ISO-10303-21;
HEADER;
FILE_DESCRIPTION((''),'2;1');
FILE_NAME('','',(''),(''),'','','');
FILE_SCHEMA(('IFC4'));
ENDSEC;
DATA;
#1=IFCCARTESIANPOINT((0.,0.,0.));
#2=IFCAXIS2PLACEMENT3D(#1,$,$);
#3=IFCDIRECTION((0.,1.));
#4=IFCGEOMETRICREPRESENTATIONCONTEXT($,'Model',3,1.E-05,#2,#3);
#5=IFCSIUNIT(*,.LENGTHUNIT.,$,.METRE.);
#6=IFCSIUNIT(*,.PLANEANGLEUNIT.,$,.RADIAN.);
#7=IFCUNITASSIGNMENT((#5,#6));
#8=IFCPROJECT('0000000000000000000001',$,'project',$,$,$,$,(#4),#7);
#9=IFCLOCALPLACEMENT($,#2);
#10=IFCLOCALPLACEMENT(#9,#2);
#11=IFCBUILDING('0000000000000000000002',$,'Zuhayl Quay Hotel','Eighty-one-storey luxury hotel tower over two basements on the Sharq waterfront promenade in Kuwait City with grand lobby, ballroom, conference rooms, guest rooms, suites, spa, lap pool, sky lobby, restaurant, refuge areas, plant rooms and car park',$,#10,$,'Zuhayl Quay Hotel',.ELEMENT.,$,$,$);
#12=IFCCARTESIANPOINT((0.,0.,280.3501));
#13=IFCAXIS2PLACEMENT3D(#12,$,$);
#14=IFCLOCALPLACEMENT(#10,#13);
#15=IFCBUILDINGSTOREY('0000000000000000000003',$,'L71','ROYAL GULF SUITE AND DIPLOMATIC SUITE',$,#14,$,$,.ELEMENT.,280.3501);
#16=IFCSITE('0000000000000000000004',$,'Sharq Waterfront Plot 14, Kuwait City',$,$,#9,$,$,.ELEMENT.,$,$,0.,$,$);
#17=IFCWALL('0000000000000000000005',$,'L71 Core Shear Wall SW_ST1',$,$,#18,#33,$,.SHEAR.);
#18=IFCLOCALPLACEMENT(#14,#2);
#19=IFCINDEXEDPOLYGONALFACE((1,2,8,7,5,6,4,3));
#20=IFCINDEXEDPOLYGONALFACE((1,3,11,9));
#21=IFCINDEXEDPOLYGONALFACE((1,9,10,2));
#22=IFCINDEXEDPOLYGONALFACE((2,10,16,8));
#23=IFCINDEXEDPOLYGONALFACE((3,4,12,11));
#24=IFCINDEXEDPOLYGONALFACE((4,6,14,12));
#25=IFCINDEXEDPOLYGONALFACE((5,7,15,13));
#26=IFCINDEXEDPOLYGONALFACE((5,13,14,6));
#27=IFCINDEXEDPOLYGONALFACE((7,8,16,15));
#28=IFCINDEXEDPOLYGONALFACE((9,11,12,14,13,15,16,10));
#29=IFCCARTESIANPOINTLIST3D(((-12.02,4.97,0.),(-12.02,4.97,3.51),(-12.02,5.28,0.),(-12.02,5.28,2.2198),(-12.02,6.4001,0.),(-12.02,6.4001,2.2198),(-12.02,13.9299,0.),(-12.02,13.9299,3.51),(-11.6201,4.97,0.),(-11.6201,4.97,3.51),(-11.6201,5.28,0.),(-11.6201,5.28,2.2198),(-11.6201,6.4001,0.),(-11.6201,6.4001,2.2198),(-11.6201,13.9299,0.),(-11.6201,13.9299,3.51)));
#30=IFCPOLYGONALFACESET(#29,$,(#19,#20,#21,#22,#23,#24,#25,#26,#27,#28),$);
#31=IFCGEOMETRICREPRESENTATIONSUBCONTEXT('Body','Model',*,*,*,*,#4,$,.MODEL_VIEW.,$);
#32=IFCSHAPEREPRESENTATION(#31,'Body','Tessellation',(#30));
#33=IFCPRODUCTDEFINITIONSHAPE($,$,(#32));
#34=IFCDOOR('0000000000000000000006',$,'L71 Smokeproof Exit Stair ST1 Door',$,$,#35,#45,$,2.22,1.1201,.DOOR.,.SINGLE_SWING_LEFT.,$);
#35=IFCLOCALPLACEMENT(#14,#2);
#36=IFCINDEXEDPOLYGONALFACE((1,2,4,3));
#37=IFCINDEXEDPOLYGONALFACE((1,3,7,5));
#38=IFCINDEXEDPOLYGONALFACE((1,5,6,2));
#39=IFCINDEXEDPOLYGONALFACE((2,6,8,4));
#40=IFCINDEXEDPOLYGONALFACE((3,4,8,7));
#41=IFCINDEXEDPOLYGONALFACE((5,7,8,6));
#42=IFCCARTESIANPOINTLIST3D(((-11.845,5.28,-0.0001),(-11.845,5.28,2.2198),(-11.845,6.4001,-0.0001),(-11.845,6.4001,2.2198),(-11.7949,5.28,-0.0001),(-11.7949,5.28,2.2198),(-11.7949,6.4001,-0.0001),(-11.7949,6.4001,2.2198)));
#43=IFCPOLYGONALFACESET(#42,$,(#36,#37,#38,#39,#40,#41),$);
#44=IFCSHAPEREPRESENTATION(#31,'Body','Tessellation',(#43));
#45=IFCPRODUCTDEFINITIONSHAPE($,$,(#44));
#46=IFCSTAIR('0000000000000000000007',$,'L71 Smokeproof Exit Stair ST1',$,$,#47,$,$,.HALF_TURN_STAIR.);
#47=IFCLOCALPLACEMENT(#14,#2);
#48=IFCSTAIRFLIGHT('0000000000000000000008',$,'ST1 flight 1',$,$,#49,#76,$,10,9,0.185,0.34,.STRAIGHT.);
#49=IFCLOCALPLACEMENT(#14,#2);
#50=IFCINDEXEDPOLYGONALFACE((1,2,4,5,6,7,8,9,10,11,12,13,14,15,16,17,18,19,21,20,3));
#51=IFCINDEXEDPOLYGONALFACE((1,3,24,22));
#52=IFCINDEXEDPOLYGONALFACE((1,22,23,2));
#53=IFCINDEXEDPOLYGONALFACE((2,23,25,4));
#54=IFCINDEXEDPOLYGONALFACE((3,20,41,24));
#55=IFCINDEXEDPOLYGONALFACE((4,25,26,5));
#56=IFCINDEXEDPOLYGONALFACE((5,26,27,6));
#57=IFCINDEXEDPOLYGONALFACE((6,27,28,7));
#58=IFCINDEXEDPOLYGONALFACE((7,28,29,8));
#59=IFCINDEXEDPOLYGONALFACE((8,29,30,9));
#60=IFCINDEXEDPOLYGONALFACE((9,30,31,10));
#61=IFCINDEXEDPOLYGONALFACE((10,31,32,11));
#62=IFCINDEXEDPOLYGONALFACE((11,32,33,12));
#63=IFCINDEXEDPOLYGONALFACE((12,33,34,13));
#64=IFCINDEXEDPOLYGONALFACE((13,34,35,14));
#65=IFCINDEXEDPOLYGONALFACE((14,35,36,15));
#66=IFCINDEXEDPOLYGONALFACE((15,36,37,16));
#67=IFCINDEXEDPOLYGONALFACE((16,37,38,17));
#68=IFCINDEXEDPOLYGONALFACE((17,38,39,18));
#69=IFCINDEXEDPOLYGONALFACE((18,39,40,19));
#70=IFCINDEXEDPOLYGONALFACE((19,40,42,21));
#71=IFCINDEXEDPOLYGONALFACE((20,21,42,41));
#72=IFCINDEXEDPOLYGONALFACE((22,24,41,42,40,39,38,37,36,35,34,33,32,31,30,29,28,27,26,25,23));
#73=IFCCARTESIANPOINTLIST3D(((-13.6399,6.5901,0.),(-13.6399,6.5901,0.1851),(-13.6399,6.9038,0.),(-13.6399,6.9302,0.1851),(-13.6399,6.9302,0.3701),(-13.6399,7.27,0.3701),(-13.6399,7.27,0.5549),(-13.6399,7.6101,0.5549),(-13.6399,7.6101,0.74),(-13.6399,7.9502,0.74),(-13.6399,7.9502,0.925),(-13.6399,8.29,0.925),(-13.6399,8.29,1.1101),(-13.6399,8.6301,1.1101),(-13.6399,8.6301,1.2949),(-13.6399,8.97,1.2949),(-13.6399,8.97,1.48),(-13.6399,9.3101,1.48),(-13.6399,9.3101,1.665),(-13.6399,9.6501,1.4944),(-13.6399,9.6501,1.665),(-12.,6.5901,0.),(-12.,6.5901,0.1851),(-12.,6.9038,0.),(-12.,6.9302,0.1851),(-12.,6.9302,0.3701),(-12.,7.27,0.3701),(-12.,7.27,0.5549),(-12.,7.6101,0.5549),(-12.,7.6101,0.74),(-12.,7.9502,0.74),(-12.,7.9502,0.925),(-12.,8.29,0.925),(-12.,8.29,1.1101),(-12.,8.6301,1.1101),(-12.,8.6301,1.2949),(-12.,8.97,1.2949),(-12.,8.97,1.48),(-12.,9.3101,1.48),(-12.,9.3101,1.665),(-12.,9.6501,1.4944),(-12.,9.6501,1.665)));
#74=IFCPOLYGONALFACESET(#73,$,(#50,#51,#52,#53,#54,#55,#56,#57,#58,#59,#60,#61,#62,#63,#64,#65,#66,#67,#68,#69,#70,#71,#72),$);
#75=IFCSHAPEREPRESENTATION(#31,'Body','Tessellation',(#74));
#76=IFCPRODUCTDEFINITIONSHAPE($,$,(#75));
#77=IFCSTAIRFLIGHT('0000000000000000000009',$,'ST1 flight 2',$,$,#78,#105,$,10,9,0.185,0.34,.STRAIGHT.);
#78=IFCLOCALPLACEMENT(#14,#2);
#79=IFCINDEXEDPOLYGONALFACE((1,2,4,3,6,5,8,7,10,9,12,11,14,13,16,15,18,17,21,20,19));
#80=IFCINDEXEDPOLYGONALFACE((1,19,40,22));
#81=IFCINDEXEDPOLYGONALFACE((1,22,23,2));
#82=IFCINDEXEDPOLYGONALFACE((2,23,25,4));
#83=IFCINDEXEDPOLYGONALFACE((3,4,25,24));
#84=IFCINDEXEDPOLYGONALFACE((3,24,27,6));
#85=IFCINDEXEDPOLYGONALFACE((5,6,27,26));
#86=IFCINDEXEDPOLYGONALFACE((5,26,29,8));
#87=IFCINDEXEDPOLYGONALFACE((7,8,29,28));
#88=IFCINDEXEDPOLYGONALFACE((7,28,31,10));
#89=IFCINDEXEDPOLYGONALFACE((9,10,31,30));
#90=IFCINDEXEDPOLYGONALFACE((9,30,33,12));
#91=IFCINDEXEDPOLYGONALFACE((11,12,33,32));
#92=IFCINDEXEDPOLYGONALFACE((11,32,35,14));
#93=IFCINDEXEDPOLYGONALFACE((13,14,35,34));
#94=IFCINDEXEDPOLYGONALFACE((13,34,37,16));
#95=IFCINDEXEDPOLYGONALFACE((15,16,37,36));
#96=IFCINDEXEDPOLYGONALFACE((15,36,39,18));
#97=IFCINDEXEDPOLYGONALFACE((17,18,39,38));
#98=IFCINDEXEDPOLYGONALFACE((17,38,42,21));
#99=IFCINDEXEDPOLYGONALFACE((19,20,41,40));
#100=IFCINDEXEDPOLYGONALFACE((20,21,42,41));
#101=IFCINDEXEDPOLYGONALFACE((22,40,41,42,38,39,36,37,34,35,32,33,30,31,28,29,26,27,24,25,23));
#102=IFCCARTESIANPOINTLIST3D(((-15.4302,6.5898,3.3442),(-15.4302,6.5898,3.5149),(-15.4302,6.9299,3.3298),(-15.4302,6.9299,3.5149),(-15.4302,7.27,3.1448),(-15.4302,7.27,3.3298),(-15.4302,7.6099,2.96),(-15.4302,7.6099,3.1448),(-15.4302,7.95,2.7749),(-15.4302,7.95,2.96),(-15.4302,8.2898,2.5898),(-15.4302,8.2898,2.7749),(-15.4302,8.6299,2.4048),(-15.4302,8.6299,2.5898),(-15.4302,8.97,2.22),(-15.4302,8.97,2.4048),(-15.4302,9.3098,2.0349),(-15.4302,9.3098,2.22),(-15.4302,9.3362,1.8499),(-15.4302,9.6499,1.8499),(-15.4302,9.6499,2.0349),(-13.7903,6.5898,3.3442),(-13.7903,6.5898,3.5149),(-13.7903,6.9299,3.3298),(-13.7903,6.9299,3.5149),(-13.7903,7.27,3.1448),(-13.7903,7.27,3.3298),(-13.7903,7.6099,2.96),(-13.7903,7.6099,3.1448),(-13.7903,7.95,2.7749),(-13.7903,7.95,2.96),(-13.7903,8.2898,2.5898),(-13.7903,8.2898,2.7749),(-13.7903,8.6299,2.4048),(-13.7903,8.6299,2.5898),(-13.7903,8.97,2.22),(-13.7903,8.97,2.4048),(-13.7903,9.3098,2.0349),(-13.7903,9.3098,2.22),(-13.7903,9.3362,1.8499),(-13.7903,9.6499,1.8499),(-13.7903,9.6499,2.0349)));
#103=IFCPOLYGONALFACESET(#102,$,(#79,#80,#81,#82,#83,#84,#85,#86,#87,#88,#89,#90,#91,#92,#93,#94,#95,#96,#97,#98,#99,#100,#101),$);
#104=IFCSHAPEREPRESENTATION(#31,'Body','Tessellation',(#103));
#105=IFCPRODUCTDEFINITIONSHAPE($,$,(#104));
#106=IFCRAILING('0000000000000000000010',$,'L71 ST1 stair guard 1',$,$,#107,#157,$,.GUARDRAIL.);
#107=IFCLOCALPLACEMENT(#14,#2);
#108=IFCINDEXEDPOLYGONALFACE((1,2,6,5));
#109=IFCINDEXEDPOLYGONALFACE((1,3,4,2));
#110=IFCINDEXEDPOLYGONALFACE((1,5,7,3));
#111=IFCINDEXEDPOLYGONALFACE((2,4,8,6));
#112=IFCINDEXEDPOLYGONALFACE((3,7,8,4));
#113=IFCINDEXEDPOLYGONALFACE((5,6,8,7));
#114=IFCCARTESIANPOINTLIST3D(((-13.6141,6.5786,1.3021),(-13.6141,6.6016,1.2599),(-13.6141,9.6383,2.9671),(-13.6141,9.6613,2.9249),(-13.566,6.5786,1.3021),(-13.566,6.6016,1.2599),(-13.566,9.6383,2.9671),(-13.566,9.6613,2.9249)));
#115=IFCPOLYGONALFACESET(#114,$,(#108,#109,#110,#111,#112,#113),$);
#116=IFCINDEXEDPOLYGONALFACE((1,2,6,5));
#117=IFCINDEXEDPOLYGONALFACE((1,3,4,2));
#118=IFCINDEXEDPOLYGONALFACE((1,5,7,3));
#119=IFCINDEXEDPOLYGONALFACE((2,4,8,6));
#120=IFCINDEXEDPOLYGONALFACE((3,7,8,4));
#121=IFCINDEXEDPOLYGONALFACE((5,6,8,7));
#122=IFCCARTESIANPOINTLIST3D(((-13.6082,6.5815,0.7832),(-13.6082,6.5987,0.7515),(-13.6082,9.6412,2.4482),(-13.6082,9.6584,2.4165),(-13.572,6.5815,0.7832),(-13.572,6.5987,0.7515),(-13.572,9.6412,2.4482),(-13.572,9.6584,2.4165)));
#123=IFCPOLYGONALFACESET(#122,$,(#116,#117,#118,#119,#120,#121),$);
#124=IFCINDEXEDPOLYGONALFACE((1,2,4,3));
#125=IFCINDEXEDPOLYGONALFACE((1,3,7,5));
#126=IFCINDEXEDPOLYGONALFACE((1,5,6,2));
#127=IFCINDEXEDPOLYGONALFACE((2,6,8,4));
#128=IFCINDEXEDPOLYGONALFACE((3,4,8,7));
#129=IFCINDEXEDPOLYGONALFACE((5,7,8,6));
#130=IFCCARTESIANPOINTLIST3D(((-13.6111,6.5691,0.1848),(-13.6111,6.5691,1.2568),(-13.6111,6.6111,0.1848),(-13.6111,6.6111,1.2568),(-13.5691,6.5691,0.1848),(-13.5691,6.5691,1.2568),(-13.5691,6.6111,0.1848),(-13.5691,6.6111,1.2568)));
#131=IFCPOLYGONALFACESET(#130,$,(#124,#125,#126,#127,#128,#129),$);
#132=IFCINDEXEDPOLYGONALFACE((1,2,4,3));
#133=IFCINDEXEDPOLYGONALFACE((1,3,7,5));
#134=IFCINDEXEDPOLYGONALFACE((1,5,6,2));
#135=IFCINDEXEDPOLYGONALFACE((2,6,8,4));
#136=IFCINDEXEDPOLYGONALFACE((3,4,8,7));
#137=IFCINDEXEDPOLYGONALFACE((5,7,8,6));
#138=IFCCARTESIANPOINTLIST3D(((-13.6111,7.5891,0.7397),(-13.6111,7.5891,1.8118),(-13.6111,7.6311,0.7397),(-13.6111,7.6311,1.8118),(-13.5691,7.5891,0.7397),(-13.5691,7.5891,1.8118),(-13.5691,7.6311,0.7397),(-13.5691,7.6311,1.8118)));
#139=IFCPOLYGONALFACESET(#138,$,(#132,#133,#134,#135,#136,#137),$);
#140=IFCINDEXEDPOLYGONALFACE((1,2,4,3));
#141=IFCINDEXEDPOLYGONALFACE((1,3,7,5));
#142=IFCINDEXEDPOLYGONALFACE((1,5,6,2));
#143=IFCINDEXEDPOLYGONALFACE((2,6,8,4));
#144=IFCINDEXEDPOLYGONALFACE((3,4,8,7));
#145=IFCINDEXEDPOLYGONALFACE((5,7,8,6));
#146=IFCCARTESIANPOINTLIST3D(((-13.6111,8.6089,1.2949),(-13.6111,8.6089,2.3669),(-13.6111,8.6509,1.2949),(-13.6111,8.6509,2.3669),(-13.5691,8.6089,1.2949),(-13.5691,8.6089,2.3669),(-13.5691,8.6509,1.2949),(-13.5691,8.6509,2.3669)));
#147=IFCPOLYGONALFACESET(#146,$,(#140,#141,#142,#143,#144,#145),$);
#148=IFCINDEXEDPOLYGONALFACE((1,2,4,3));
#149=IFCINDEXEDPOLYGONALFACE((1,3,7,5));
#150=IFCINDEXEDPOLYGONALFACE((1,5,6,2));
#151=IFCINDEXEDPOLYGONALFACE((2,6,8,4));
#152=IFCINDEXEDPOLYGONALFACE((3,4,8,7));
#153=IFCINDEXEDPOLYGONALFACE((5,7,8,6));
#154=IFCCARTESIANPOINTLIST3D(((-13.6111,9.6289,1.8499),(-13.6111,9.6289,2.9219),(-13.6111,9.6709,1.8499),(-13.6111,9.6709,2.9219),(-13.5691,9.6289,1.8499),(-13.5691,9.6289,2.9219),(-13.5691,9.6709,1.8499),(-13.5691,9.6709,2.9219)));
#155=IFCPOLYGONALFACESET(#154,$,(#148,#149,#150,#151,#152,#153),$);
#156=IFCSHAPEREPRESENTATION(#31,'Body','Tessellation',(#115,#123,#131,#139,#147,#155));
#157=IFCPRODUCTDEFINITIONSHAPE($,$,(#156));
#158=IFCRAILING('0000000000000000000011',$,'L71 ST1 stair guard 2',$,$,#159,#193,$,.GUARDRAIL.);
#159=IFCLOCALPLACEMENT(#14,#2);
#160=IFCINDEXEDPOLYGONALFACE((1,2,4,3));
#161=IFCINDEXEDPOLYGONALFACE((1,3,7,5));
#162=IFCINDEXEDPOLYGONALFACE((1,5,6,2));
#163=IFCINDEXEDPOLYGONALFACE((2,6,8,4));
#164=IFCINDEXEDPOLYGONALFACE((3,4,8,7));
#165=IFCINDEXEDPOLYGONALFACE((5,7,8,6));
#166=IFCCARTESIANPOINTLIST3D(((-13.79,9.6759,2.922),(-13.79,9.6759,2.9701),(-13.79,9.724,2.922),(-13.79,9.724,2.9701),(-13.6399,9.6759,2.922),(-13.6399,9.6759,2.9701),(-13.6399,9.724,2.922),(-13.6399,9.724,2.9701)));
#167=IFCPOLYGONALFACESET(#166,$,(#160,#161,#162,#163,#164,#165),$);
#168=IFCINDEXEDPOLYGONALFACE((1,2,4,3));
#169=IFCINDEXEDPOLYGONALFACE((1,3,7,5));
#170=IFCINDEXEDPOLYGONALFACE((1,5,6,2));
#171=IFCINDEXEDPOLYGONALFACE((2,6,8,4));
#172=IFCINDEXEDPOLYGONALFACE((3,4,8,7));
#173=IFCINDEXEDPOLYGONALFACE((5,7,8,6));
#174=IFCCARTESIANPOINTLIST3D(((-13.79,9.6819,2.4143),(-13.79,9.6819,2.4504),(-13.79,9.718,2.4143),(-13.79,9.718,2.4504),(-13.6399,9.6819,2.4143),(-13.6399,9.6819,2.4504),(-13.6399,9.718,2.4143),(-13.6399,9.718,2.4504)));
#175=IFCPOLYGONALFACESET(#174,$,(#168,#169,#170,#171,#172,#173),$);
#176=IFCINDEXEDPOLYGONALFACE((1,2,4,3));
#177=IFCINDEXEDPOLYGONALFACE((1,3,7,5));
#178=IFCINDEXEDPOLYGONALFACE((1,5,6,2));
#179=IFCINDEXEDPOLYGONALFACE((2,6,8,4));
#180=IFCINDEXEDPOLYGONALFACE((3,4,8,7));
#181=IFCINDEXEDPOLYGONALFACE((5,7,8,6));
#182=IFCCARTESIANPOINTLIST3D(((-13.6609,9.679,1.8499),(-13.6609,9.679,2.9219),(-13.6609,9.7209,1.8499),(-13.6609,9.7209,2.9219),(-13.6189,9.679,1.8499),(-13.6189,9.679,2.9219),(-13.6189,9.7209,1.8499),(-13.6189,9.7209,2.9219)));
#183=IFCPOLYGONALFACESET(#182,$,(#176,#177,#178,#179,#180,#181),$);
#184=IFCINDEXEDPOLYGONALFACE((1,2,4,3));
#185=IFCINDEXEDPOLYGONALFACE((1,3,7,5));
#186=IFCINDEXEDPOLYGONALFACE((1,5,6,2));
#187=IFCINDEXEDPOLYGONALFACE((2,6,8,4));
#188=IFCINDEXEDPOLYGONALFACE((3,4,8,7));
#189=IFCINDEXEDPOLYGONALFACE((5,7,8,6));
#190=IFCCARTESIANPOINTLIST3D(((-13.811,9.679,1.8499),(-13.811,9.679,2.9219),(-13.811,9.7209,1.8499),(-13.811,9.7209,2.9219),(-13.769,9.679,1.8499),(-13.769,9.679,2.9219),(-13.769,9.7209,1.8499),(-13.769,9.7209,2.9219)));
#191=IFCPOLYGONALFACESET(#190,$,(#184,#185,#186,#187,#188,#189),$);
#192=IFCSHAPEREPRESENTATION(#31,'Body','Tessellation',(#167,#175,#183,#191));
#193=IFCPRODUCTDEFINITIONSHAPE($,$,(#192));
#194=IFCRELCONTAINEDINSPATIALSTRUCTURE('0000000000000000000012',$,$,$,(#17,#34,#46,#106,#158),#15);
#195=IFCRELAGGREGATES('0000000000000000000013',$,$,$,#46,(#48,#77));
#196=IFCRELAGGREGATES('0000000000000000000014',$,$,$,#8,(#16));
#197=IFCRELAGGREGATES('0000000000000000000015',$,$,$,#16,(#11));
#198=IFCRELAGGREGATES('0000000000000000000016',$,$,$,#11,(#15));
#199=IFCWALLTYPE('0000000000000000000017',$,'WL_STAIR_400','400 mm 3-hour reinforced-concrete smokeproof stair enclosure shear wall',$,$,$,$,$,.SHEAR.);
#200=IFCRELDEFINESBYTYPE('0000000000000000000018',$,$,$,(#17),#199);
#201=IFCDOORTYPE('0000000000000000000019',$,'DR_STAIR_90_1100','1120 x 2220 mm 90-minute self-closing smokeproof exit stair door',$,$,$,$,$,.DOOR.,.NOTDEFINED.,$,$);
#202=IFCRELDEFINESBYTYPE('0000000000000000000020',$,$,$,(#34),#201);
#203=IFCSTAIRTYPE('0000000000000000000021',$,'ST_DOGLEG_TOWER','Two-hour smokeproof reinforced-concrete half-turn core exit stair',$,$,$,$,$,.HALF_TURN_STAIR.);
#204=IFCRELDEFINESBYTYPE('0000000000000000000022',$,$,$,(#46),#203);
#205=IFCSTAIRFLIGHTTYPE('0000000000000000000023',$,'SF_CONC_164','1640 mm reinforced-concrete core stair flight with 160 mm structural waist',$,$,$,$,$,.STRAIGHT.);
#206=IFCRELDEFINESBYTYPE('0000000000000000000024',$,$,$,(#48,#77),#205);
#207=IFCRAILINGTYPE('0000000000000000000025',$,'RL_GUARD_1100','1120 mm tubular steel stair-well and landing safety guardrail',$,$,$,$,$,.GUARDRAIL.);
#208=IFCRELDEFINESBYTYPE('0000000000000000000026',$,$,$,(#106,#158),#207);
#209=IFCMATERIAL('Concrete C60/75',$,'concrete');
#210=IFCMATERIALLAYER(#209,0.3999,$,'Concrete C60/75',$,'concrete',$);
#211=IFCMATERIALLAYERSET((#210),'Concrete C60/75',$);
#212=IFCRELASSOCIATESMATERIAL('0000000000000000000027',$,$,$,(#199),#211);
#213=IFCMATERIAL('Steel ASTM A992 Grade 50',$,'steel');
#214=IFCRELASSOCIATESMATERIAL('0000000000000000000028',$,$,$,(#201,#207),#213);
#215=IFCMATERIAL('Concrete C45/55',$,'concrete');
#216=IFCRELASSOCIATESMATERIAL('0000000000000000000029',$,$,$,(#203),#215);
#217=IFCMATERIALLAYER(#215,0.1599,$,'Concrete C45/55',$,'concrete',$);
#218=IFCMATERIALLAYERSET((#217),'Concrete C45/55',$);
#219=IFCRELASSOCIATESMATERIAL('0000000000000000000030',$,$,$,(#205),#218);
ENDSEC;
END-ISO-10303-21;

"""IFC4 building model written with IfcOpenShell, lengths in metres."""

from ifc_helpers import new_model, si_unit, direction, frame, frame_2d, origin, origin_2d, place, context, subcontext, project, spatial, polyline, rectangle, outline, extrude, material, layer, layer_set, type_object, element, fill, aggregate, save


model = new_model("IFC4")

# Units and contexts
model_context = context("Model", 3, precision=1e-05, world=origin(), true_north=direction((0.0, 1.0)))
body_context = subcontext(model_context, "Body", "Model", "MODEL_VIEW")
ifc_project = project(units=[si_unit("LENGTHUNIT", "METRE"), si_unit("PLANEANGLEUNIT", "RADIAN")], contexts=[model_context])

# Site, building, storey
site_placement = place(None, origin())
site = spatial("IfcSite", under=ifc_project, at=site_placement, Name="Sharq Waterfront Plot 14, Kuwait City", CompositionType="ELEMENT", RefElevation=0.0)
building_placement = place(site_placement, origin())
building = spatial("IfcBuilding", under=site, at=building_placement, Name="Zuhayl Quay Hotel", Description="Eighty-one-storey luxury hotel tower over two basements on the Sharq waterfront promenade in Kuwait City with grand lobby, ballroom, conference rooms, guest rooms, suites, spa, lap pool, sky lobby, restaurant, refuge areas, plant rooms and car park", LongName="Zuhayl Quay Hotel", CompositionType="ELEMENT")
storey_placement = place(building_placement, frame((0.0, 0.0, 280.3501)))
storey = spatial("IfcBuildingStorey", under=building, at=storey_placement, Name="L71", Description="ROYAL GULF SUITE AND DIPLOMATIC SUITE", CompositionType="ELEMENT", Elevation=280.3501)

# Shared definitions
ifc_material_1 = material(Name="Concrete C60/75", Category="concrete")

# Shared definitions
ifc_material_2 = material(Name="Steel ASTM A992 Grade 50", Category="steel")

# Wall, opening, door
ifc_layer_1 = layer(ifc_material_1, 0.3999, Name="Concrete C60/75", Category="concrete")
ifc_layer_set_1 = layer_set([ifc_layer_1], Name="Concrete C60/75")
wall_type_1 = type_object("IfcWallType", Name="WL_STAIR_400", Description="400 mm 3-hour reinforced-concrete smokeproof stair enclosure shear wall", PredefinedType="SHEAR", material=ifc_layer_set_1)
wall_1_placement = place(storey_placement, frame((-11.8201, 4.97, 0.0), z_axis=(0.0, 0.0, 1.0), x_axis=(0.0, 1.0, 0.0)))
wall_1 = element("IfcWall", 1, at=wall_1_placement, inside=storey, type_object=wall_type_1, Name="L71 Core Shear Wall SW_ST1", PredefinedType="SHEAR", context=body_context, shape_type="SweptSolid", body=[
    extrude(rectangle(XDim=8.96, YDim=0.3999, at=frame_2d((4.48, 0.0))), origin(), (0.0, 0.0, 1.0), 3.51),
])
opening_placement = place(wall_1_placement, frame((0.3101, 0.0, 0.0)))
opening = element("IfcOpeningElement", 2, at=opening_placement, cuts=wall_1, PredefinedType="OPENING", context=body_context, shape_type="SweptSolid", body=[
    extrude(rectangle(XDim=1.1201, YDim=2.22, at=frame_2d((0.5601, 1.1099))), frame((0.0, 0.21, 0.0), z_axis=(0.0, -1.0, 0.0), x_axis=(1.0, 0.0, 0.0)), (0.0, 0.0, 1.0), 0.4199),
])
door_type = type_object("IfcDoorType", Name="DR_STAIR_90_1100", Description="1120 x 2220 mm 90-minute self-closing smokeproof exit stair door", OperationType="NOTDEFINED", PredefinedType="DOOR", material=ifc_material_2)
door_placement = place(opening_placement, origin())
door = element("IfcDoor", 3, at=door_placement, inside=storey, type_object=door_type, Name="L71 Smokeproof Exit Stair ST1 Door", OperationType="SINGLE_SWING_LEFT", OverallHeight=2.22, OverallWidth=1.1201, PredefinedType="DOOR", context=body_context, shape_type="SweptSolid", body=[
    extrude(rectangle(XDim=1.1201, YDim=2.22, at=frame_2d((0.5601, 1.1099))), frame((0.0, 0.0249, 0.0), z_axis=(0.0, -1.0, 0.0), x_axis=(1.0, 0.0, 0.0)), (0.0, 0.0, 1.0), 0.05),
])
fill(opening, door)

# Stair, stair flights
ifc_material_3 = material(Name="Concrete C45/55", Category="concrete")
stair_type = type_object("IfcStairType", Name="ST_DOGLEG_TOWER", Description="Two-hour smokeproof reinforced-concrete half-turn core exit stair", PredefinedType="HALF_TURN_STAIR", material=ifc_material_3)
stair_placement = place(storey_placement, origin())
stair = element("IfcStair", 4, at=stair_placement, inside=storey, type_object=stair_type, Name="L71 Smokeproof Exit Stair ST1", PredefinedType="HALF_TURN_STAIR")
ifc_layer_2 = layer(ifc_material_3, 0.1599, Name="Concrete C45/55", Category="concrete")
ifc_layer_set_2 = layer_set([ifc_layer_2], Name="Concrete C45/55")
stair_flight_type = type_object("IfcStairFlightType", Name="SF_CONC_164", Description="1640 mm reinforced-concrete core stair flight with 160 mm structural waist", PredefinedType="STRAIGHT", material=ifc_layer_set_2)
stair_flight_1_placement = place(storey_placement, frame((-12.8201, 6.5901, 0.0), z_axis=(0.0, 0.0, 1.0), x_axis=(0.0, 1.0, 0.0)))
stair_flight_1 = element("IfcStairFlight", 5, at=stair_flight_1_placement, type_object=stair_flight_type, Name="ST1 flight 1", NumberOfRisers=10, NumberOfTreads=9, PredefinedType="STRAIGHT", RiserHeight=0.185, TreadLength=0.34, context=body_context, shape_type="SweptSolid", body=[
    extrude(outline(polyline([(0.0, 0.0), (0.0, 0.1851), (0.3401, 0.1851), (0.3401, 0.3701), (0.6799, 0.3701), (0.6799, 0.5549), (1.02, 0.5549), (1.02, 0.74), (1.3601, 0.74), (1.3601, 0.925), (1.7, 0.925), (1.7, 1.1101), (2.04, 1.1101), (2.04, 1.2949), (2.3799, 1.2949), (2.3799, 1.48), (2.72, 1.48), (2.72, 1.665), (3.0601, 1.665), (3.0601, 1.8501), (3.0601, 1.4944), (0.3137, 0.0), (0.0, 0.0)])), frame((0.0, 0.8198, 0.0), z_axis=(0.0, -1.0, 0.0), x_axis=(1.0, 0.0, 0.0)), (0.0, 0.0, 1.0), 1.6399),
])
stair_flight_2_placement = place(storey_placement, frame((-14.6101, 9.6499, 1.8499), z_axis=(0.0, 0.0, 1.0), x_axis=(0.0, -1.0, 0.0)))
stair_flight_2 = element("IfcStairFlight", 6, at=stair_flight_2_placement, type_object=stair_flight_type, Name="ST1 flight 2", NumberOfRisers=10, NumberOfTreads=9, PredefinedType="STRAIGHT", RiserHeight=0.185, TreadLength=0.34, context=body_context, shape_type="SweptSolid", body=[
    extrude(outline(polyline([(0.0, 0.0), (0.0, 0.1851), (0.3401, 0.1851), (0.3401, 0.3701), (0.6799, 0.3701), (0.6799, 0.5549), (1.02, 0.5549), (1.02, 0.74), (1.3601, 0.74), (1.3601, 0.925), (1.7, 0.925), (1.7, 1.1101), (2.04, 1.1101), (2.04, 1.2949), (2.3799, 1.2949), (2.3799, 1.48), (2.72, 1.48), (2.72, 1.665), (3.0601, 1.665), (3.0601, 1.8501), (3.0601, 1.4944), (0.3137, 0.0), (0.0, 0.0)])), frame((0.0, 0.8198, 0.0), z_axis=(0.0, -1.0, 0.0), x_axis=(1.0, 0.0, 0.0)), (0.0, 0.0, 1.0), 1.6399),
])
aggregate(stair, [stair_flight_1, stair_flight_2])

# Railings
railing_type_1 = type_object("IfcRailingType", Name="RL_GUARD_1100", Description="1120 mm tubular steel stair-well and landing safety guardrail", PredefinedType="GUARDRAIL", material=ifc_material_2)
railing_1_placement = place(storey_placement, frame((-13.5901, 6.5901, 0.1848)))
element("IfcRailing", 7, at=railing_1_placement, inside=storey, type_object=railing_type_1, Name="L71 ST1 stair guard 1", PredefinedType="GUARDRAIL", context=body_context, shape_type="SweptSolid", body=[
    extrude(rectangle(XDim=0.0481, YDim=0.0481, at=origin_2d()), frame((0.0, 0.0, 1.0962), z_axis=(0.0, 0.878372, 0.477978), x_axis=(-1.0, 0.0, 0.0)), (0.0, 0.0, 1.0), 3.4834),
    extrude(rectangle(XDim=0.0361, YDim=0.0361, at=origin_2d()), frame((0.0, 0.0, 0.5825), z_axis=(0.0, 0.878372, 0.477978), x_axis=(-1.0, 0.0, 0.0)), (0.0, 0.0, 1.0), 3.4834),
    extrude(rectangle(XDim=0.042, YDim=0.042, at=origin_2d()), origin(), (0.0, 0.0, 1.0), 1.072),
    extrude(rectangle(XDim=0.042, YDim=0.042, at=origin_2d()), frame((0.0, 1.02, 0.5549)), (0.0, 0.0, 1.0), 1.072),
    extrude(rectangle(XDim=0.042, YDim=0.042, at=origin_2d()), frame((0.0, 2.0398, 1.1101)), (0.0, 0.0, 1.0), 1.072),
    extrude(rectangle(XDim=0.042, YDim=0.042, at=origin_2d()), frame((0.0, 3.0598, 1.665)), (0.0, 0.0, 1.0), 1.072),
])
railing_2_placement = place(storey_placement, frame((-13.6399, 9.7, 1.8499)))
element("IfcRailing", 8, at=railing_2_placement, inside=storey, type_object=railing_type_1, Name="L71 ST1 stair guard 2", PredefinedType="GUARDRAIL", context=body_context, shape_type="SweptSolid", body=[
    extrude(rectangle(XDim=0.0481, YDim=0.0481, at=origin_2d()), frame((0.0, 0.0, 1.0962), z_axis=(-1.0, 0.0, 0.0), x_axis=(0.0, -1.0, 0.0)), (0.0, 0.0, 1.0), 0.1501),
    extrude(rectangle(XDim=0.0361, YDim=0.0361, at=origin_2d()), frame((0.0, 0.0, 0.5825), z_axis=(-1.0, 0.0, 0.0), x_axis=(0.0, -1.0, 0.0)), (0.0, 0.0, 1.0), 0.1501),
    extrude(rectangle(XDim=0.042, YDim=0.042, at=origin_2d()), origin(), (0.0, 0.0, 1.0), 1.072),
    extrude(rectangle(XDim=0.042, YDim=0.042, at=origin_2d()), frame((-0.1501, 0.0, 0.0)), (0.0, 0.0, 1.0), 1.072),
])

save(model, "model.ifc")
